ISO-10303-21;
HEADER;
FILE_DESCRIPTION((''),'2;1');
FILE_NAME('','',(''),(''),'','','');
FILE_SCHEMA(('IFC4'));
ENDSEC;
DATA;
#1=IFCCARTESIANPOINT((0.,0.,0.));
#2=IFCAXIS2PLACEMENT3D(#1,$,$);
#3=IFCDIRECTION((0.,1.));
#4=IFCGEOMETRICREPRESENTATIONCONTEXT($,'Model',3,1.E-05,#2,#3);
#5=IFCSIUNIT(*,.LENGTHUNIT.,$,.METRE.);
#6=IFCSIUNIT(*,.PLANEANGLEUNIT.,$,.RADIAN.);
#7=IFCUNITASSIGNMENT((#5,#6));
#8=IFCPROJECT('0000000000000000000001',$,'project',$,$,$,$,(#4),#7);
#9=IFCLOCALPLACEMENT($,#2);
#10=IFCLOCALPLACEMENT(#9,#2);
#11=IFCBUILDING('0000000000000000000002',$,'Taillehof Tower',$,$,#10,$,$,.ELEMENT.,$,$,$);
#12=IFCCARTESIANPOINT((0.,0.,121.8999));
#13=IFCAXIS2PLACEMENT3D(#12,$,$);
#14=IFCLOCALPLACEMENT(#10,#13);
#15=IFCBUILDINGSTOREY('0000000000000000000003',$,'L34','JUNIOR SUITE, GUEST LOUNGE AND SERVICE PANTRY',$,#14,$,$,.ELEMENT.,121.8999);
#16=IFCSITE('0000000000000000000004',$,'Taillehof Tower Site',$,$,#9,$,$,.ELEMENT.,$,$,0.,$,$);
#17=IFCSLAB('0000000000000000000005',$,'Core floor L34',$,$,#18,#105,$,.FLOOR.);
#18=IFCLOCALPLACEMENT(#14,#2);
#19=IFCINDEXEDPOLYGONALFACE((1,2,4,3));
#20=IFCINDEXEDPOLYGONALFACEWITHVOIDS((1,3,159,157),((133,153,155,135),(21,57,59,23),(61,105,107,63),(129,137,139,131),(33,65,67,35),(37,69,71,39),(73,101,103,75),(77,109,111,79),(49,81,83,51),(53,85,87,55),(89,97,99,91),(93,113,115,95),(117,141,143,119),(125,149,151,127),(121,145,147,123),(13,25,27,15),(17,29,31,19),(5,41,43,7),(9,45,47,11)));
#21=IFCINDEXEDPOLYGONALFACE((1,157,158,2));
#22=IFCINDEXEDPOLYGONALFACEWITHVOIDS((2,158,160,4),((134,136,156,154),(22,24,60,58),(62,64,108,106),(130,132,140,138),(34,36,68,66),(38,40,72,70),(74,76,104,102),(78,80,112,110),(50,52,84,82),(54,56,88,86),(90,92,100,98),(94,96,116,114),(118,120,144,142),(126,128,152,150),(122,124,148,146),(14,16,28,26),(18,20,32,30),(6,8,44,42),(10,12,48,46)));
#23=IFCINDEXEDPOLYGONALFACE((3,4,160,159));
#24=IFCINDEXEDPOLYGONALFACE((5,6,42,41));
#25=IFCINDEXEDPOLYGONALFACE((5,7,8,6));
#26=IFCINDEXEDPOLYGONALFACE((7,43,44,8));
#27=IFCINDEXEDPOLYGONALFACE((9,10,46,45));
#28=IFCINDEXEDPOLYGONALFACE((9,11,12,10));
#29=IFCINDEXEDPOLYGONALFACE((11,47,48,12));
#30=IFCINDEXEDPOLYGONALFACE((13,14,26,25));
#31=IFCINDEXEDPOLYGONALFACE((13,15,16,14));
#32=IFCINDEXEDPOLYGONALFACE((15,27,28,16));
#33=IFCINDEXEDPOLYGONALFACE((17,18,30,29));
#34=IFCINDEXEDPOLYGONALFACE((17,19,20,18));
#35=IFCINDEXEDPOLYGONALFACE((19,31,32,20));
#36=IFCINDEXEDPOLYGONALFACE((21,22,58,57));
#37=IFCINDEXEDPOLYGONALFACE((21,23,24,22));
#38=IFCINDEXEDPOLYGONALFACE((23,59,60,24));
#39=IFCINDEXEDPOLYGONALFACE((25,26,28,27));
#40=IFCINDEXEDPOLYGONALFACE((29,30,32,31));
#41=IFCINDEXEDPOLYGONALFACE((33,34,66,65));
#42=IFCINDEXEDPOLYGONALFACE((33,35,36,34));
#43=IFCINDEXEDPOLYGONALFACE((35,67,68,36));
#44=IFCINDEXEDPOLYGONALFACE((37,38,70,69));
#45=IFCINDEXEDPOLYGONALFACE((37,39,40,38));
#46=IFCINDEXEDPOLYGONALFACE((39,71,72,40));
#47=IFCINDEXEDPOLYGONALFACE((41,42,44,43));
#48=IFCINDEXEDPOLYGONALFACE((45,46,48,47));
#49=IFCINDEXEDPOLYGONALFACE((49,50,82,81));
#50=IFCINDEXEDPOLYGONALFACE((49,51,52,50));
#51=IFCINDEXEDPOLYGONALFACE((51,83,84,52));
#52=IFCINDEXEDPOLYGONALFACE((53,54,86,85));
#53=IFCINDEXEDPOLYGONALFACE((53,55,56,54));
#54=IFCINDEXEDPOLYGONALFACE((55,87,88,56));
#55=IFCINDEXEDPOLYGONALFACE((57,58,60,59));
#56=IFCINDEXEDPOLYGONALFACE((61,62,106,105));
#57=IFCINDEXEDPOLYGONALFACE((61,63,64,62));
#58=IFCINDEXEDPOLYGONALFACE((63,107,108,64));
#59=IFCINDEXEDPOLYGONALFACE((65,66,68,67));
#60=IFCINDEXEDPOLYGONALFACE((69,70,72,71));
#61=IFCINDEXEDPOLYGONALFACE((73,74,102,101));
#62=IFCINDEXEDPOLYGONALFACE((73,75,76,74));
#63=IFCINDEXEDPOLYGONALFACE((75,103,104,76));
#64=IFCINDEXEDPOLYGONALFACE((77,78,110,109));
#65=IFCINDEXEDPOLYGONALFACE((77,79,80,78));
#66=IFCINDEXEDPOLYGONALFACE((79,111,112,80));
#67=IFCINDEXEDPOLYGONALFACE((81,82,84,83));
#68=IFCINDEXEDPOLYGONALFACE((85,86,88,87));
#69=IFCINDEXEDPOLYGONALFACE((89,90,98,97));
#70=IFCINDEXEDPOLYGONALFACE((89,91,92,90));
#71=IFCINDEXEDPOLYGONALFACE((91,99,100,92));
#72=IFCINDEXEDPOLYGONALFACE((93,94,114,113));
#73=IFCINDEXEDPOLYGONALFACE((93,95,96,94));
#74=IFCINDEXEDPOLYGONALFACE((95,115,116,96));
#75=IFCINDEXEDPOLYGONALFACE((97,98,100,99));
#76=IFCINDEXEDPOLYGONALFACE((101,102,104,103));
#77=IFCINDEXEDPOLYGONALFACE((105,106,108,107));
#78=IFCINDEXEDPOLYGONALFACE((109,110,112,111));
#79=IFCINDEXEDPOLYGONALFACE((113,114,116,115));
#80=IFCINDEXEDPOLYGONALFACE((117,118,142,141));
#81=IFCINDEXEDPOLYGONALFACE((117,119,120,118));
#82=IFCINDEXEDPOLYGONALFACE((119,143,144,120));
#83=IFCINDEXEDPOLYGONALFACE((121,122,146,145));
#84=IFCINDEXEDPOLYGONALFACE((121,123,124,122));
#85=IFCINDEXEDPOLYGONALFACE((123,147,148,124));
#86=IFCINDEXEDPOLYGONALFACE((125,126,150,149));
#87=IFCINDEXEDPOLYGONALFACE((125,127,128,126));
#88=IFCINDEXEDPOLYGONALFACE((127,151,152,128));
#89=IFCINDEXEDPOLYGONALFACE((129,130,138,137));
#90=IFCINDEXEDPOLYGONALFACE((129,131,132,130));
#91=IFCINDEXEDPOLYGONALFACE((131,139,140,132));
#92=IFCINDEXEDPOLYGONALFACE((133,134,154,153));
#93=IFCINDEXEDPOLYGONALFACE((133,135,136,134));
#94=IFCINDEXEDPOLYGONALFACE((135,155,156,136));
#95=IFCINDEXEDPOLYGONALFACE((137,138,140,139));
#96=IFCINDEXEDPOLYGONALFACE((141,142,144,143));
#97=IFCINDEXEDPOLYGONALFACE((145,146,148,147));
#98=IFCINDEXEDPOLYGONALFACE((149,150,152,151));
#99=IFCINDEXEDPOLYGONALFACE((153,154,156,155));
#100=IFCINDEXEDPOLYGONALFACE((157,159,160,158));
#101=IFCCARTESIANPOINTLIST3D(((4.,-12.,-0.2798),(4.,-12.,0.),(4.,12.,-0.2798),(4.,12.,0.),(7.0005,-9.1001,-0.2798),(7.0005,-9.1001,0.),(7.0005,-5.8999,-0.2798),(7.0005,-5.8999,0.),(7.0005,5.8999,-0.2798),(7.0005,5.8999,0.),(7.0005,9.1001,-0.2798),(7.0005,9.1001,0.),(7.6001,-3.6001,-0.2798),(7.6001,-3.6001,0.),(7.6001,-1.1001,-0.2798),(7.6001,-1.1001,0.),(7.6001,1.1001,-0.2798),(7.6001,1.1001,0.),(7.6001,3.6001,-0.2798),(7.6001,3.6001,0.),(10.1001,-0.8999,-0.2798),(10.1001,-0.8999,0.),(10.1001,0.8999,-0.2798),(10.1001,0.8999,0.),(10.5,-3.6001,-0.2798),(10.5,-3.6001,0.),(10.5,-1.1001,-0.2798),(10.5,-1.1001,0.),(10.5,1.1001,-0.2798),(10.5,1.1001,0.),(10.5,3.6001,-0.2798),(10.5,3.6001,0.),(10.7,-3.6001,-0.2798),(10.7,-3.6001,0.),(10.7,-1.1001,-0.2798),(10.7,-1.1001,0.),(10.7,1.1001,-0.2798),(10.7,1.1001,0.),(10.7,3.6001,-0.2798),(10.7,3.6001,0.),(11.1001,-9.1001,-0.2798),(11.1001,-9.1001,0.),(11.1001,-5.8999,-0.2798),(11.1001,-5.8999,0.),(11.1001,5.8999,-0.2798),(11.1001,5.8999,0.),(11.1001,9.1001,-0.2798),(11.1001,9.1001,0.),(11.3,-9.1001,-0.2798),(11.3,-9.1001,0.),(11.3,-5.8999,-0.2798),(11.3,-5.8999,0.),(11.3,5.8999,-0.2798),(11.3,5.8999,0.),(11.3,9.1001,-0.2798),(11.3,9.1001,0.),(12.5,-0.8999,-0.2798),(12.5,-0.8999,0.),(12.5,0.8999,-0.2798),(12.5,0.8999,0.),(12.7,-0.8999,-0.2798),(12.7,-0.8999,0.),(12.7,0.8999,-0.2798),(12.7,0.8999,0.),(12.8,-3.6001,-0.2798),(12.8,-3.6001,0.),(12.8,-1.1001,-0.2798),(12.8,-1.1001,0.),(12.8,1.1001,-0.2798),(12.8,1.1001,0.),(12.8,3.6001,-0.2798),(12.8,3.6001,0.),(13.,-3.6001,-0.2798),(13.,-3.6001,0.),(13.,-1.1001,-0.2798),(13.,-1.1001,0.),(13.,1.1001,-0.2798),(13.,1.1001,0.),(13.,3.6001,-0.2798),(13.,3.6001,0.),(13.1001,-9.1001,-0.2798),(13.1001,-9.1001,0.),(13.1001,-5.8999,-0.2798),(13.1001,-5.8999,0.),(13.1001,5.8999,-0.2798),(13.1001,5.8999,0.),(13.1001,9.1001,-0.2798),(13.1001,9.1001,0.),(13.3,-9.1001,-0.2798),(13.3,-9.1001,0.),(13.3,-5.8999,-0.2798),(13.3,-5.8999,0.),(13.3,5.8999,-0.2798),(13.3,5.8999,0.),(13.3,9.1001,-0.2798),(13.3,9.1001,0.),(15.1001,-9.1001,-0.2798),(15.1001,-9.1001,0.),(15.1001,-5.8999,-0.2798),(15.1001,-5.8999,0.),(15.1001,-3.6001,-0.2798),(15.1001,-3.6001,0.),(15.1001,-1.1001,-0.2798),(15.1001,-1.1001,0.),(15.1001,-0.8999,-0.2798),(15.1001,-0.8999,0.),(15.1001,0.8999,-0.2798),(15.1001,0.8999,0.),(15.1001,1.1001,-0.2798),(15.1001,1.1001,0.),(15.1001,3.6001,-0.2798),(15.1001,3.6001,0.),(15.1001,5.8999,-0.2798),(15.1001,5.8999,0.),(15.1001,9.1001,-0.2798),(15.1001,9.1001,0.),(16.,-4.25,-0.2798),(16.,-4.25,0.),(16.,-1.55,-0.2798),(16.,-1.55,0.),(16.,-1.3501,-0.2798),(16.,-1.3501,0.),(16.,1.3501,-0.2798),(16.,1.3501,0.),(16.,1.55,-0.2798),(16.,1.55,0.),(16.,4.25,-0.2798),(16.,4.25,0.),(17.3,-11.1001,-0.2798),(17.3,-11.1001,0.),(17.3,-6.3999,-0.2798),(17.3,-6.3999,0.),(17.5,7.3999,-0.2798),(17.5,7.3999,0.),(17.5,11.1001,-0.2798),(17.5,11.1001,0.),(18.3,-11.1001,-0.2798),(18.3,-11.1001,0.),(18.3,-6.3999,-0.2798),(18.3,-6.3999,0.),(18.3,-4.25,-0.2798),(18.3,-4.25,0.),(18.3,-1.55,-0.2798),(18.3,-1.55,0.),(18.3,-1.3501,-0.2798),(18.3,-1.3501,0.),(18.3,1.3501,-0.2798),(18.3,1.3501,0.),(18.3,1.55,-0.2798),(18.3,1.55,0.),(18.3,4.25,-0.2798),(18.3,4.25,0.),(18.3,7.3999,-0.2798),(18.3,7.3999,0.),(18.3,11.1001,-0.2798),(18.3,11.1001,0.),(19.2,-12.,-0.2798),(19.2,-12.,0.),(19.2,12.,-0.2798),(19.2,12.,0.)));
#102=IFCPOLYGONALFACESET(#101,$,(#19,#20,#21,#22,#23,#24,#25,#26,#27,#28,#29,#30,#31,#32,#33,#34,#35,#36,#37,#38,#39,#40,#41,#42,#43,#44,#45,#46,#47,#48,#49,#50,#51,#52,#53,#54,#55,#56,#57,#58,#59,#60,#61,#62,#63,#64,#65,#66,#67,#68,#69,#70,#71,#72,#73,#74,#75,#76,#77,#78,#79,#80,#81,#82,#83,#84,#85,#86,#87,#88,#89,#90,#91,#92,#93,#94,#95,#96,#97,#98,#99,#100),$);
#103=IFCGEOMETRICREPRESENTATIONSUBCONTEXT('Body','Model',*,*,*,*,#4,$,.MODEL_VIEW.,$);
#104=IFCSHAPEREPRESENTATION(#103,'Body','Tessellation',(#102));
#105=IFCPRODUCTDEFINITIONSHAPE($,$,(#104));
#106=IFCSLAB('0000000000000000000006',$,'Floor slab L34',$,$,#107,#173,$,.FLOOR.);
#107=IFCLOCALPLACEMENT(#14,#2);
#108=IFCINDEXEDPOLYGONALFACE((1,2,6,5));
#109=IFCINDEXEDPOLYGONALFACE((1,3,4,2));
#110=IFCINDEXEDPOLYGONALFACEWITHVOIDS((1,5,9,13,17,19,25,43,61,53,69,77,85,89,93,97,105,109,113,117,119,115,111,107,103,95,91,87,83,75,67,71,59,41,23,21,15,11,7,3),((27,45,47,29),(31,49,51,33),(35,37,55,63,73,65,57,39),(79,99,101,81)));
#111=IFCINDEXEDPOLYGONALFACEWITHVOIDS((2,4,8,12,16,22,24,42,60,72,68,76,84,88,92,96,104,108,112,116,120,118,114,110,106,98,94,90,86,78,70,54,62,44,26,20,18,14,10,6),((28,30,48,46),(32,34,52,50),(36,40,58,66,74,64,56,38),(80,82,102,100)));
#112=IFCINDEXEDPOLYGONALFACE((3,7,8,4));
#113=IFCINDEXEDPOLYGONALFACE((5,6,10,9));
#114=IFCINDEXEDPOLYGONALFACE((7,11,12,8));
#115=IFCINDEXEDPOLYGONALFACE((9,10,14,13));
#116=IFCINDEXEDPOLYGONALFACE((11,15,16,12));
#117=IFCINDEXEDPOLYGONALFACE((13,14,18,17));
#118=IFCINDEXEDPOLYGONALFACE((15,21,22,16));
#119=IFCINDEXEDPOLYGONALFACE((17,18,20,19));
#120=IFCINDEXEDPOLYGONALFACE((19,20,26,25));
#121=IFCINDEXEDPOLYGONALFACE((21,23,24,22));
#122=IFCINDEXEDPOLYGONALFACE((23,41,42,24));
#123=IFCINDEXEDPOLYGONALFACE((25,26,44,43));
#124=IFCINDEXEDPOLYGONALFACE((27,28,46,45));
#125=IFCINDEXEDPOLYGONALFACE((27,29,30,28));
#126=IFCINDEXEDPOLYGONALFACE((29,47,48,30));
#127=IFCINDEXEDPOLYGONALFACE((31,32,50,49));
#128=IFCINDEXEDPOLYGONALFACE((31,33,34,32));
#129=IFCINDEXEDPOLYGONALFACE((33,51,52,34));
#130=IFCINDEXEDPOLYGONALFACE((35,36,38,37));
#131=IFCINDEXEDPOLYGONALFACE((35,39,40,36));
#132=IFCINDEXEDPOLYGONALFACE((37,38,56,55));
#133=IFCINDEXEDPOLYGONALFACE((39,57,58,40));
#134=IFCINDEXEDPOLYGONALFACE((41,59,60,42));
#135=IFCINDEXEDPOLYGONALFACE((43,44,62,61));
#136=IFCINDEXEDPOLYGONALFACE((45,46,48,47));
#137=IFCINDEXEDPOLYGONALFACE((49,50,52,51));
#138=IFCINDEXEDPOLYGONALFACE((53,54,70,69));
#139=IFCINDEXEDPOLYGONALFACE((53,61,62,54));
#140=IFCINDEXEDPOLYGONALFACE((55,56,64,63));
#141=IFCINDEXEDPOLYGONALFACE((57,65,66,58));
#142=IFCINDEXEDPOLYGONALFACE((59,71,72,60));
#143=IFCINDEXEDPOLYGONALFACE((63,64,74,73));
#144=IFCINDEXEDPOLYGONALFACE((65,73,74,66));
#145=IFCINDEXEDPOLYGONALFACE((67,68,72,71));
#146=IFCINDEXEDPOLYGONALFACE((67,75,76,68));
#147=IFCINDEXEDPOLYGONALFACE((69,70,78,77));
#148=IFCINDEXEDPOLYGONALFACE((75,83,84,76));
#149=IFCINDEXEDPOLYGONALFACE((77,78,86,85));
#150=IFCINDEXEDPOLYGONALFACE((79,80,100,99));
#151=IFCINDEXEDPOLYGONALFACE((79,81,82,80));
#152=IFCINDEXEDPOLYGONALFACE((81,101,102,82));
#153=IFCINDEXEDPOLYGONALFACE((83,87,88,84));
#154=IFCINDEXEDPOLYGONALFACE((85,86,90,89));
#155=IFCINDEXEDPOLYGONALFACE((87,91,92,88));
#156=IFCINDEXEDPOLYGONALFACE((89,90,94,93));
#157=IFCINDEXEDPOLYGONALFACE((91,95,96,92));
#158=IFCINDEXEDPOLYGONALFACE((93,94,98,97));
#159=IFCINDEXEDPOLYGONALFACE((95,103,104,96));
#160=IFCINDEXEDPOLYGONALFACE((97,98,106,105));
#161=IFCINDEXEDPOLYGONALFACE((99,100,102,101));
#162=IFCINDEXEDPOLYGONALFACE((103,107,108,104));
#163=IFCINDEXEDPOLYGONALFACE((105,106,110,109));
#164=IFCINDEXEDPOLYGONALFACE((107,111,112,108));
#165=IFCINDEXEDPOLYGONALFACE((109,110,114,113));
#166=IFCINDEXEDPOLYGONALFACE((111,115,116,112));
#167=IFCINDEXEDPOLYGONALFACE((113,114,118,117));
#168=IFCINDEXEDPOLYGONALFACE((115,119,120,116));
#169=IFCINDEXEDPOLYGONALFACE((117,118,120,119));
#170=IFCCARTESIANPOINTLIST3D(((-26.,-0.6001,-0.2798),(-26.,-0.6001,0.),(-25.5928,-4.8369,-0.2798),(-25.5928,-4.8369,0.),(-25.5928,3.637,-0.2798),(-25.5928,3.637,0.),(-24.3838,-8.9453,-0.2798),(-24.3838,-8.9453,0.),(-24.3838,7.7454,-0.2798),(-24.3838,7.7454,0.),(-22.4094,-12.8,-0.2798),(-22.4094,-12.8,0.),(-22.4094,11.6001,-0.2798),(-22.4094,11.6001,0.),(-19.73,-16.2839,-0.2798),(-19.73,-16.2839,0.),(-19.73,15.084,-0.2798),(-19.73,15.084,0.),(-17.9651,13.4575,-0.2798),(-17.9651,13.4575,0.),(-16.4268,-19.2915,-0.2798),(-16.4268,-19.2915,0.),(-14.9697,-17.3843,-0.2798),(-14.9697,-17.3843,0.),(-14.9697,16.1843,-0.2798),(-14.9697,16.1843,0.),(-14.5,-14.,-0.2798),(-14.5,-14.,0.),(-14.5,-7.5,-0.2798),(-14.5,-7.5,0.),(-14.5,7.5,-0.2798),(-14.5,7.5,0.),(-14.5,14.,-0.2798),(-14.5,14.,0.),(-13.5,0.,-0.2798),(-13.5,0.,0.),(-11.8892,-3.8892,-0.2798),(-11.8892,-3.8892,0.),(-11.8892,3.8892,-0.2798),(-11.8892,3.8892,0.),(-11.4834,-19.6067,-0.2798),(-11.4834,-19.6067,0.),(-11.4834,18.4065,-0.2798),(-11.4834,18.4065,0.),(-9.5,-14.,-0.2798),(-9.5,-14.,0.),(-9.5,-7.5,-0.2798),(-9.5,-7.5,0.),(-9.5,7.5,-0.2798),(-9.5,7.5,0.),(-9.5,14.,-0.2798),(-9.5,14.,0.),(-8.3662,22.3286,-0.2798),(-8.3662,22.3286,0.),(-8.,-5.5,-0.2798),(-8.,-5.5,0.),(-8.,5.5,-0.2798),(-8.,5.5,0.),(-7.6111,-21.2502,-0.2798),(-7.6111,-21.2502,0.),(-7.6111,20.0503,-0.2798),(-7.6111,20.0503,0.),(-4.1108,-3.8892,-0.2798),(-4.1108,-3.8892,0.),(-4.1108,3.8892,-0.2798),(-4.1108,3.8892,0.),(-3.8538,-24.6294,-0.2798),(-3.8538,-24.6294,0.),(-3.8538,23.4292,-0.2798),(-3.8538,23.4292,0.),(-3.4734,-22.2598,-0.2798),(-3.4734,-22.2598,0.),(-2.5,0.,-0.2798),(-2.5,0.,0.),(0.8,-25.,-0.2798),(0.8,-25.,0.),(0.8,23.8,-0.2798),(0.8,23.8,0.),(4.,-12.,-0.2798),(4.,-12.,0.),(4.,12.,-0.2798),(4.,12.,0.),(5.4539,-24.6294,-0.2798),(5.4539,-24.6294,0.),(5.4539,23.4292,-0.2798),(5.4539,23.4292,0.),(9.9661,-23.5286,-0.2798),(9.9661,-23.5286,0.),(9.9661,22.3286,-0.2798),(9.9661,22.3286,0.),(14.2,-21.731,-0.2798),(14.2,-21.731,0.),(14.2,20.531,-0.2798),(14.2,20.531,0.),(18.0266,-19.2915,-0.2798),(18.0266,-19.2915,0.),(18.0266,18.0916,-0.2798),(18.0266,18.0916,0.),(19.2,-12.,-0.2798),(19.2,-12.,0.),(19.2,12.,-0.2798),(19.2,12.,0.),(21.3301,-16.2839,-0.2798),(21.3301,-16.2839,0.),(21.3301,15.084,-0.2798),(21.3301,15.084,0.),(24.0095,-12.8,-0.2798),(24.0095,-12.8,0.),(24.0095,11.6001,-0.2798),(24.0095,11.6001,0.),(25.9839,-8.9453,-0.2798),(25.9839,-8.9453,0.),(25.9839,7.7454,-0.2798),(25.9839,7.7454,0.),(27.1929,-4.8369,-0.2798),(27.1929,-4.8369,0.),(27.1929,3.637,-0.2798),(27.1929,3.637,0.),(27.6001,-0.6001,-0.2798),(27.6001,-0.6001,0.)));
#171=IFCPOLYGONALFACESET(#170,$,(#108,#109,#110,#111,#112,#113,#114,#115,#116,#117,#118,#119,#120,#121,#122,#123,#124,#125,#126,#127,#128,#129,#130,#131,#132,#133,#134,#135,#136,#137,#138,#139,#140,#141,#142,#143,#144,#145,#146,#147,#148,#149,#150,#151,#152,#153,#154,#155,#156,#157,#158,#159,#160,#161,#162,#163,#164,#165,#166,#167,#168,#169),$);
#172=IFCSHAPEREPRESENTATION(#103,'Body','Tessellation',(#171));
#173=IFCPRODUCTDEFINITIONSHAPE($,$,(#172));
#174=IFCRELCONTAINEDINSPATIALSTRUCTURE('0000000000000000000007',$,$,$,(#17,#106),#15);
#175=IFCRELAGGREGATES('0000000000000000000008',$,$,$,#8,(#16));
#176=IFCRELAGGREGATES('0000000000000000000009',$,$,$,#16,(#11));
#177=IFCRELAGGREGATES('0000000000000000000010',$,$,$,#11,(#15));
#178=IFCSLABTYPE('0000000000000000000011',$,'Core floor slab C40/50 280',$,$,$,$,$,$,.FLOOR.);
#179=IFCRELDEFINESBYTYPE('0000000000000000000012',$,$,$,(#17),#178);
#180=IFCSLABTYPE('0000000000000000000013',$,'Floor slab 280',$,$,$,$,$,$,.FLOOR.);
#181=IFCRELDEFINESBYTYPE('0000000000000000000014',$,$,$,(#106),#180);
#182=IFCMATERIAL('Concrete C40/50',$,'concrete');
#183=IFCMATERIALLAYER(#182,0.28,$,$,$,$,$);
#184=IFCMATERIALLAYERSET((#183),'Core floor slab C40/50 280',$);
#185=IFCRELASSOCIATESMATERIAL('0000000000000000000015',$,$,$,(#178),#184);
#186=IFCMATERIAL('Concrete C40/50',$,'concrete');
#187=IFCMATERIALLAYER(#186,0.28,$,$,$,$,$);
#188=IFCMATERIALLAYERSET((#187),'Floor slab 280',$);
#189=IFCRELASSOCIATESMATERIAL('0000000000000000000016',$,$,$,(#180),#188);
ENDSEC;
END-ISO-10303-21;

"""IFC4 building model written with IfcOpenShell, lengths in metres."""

from ifc_helpers import new_model, si_unit, direction, frame, origin, place, context, subcontext, project, spatial, polyline, outline, extrude, material, layer, layer_set, type_object, element, save


model = new_model("IFC4")

# Units and contexts
model_context = context("Model", 3, precision=1e-05, world=origin(), true_north=direction((0.0, 1.0)))
body_context = subcontext(model_context, "Body", "Model", "MODEL_VIEW")
ifc_project = project(units=[si_unit("LENGTHUNIT", "METRE"), si_unit("PLANEANGLEUNIT", "RADIAN")], contexts=[model_context])

# Site, building, storey
site_placement = place(None, origin())
site = spatial("IfcSite", under=ifc_project, at=site_placement, Name="Taillehof Tower Site", CompositionType="ELEMENT", RefElevation=0.0)
building_placement = place(site_placement, origin())
building = spatial("IfcBuilding", under=site, at=building_placement, Name="Taillehof Tower", CompositionType="ELEMENT")
storey_placement = place(building_placement, frame((0.0, 0.0, 121.8999)))
storey = spatial("IfcBuildingStorey", under=building, at=storey_placement, Name="L34", Description="JUNIOR SUITE, GUEST LOUNGE AND SERVICE PANTRY", CompositionType="ELEMENT", Elevation=121.8999)

# Slabs
ifc_material_1 = material(Name="Concrete C40/50", Category="concrete")
ifc_layer_1 = layer(ifc_material_1, 0.28)
ifc_layer_set_1 = layer_set([ifc_layer_1], Name="Core floor slab C40/50 280")
slab_type_1 = type_object("IfcSlabType", Name="Core floor slab C40/50 280", PredefinedType="FLOOR", material=ifc_layer_set_1)
slab_1_placement = place(storey_placement, frame((0.0, 0.0, -0.2798)))
element("IfcSlab", 1, at=slab_1_placement, inside=storey, type_object=slab_type_1, Name="Core floor L34", PredefinedType="FLOOR", context=body_context, shape_type="SweptSolid", body=[
    extrude(outline(polyline([(4.0, -12.0), (4.0, 12.0), (19.2, 12.0), (19.2, -12.0), (4.0, -12.0)]), holes=[polyline([(7.0005, -9.1001), (11.1001, -9.1001), (11.1001, -5.8999), (7.0005, -5.8999), (7.0005, -9.1001)]), polyline([(13.1001, -9.1001), (13.1001, -5.8999), (11.3, -5.8999), (11.3, -9.1001), (13.1001, -9.1001)]), polyline([(10.5, -3.6001), (10.5, -1.1001), (7.6001, -1.1001), (7.6001, -3.6001), (10.5, -3.6001)]), polyline([(12.8, -3.6001), (12.8, -1.1001), (10.7, -1.1001), (10.7, -3.6001), (12.8, -3.6001)]), polyline([(12.5, -0.8999), (12.5, 0.8999), (10.1001, 0.8999), (10.1001, -0.8999), (12.5, -0.8999)]), polyline([(15.1001, -0.8999), (15.1001, 0.8999), (12.7, 0.8999), (12.7, -0.8999), (15.1001, -0.8999)]), polyline([(10.5, 1.1001), (10.5, 3.6001), (7.6001, 3.6001), (7.6001, 1.1001), (10.5, 1.1001)]), polyline([(10.7, 1.1001), (12.8, 1.1001), (12.8, 3.6001), (10.7, 3.6001), (10.7, 1.1001)]), polyline([(11.3, 5.8999), (13.1001, 5.8999), (13.1001, 9.1001), (11.3, 9.1001), (11.3, 5.8999)]), polyline([(11.1001, 5.8999), (11.1001, 9.1001), (7.0005, 9.1001), (7.0005, 5.8999), (11.1001, 5.8999)]), polyline([(18.3, -11.1001), (18.3, -6.3999), (17.3, -6.3999), (17.3, -11.1001), (18.3, -11.1001)]), polyline([(15.1001, -9.1001), (15.1001, -5.8999), (13.3, -5.8999), (13.3, -9.1001), (15.1001, -9.1001)]), polyline([(16.0, -4.25), (18.3, -4.25), (18.3, -1.55), (16.0, -1.55), (16.0, -4.25)]), polyline([(13.0, -3.6001), (15.1001, -3.6001), (15.1001, -1.1001), (13.0, -1.1001), (13.0, -3.6001)]), polyline([(18.3, -1.3501), (18.3, 1.3501), (16.0, 1.3501), (16.0, -1.3501), (18.3, -1.3501)]), polyline([(15.1001, 1.1001), (15.1001, 3.6001), (13.0, 3.6001), (13.0, 1.1001), (15.1001, 1.1001)]), polyline([(18.3, 1.55), (18.3, 4.25), (16.0, 4.25), (16.0, 1.55), (18.3, 1.55)]), polyline([(13.3, 5.8999), (15.1001, 5.8999), (15.1001, 9.1001), (13.3, 9.1001), (13.3, 5.8999)]), polyline([(17.5, 7.3999), (18.3, 7.3999), (18.3, 11.1001), (17.5, 11.1001), (17.5, 7.3999)])]), origin(), (0.0, 0.0, 1.0), 0.2798),
])
ifc_material_2 = material(Name="Concrete C40/50", Category="concrete")
ifc_layer_2 = layer(ifc_material_2, 0.28)
ifc_layer_set_2 = layer_set([ifc_layer_2], Name="Floor slab 280")
slab_type_2 = type_object("IfcSlabType", Name="Floor slab 280", PredefinedType="FLOOR", material=ifc_layer_set_2)
slab_2_placement = place(storey_placement, frame((0.0, 0.0, -0.2798)))
element("IfcSlab", 2, at=slab_2_placement, inside=storey, type_object=slab_type_2, Name="Floor slab L34", PredefinedType="FLOOR", context=body_context, shape_type="SweptSolid", body=[
    extrude(outline(polyline([(27.6001, -0.6001), (27.1929, 3.637), (25.9839, 7.7454), (24.0095, 11.6001), (21.3301, 15.084), (18.0266, 18.0916), (14.2, 20.531), (9.9661, 22.3286), (5.4539, 23.4292), (0.8, 23.8), (-3.8538, 23.4292), (-8.3662, 22.3286), (-7.6111, 20.0503), (-11.4834, 18.4065), (-14.9697, 16.1843), (-17.9651, 13.4575), (-19.73, 15.084), (-22.4094, 11.6001), (-24.3838, 7.7454), (-25.5928, 3.637), (-26.0, -0.6001), (-25.5928, -4.8369), (-24.3838, -8.9453), (-22.4094, -12.8), (-19.73, -16.2839), (-16.4268, -19.2915), (-14.9697, -17.3843), (-11.4834, -19.6067), (-7.6111, -21.2502), (-3.4734, -22.2598), (-3.8538, -24.6294), (0.8, -25.0), (5.4539, -24.6294), (9.9661, -23.5286), (14.2, -21.731), (18.0266, -19.2915), (21.3301, -16.2839), (24.0095, -12.8), (25.9839, -8.9453), (27.1929, -4.8369), (27.6001, -0.6001)]), holes=[polyline([(-14.5, -7.5), (-9.5, -7.5), (-9.5, -14.0), (-14.5, -14.0), (-14.5, -7.5)]), polyline([(-8.0, -5.5), (-11.8892, -3.8892), (-13.5, 0.0), (-11.8892, 3.8892), (-8.0, 5.5), (-4.1108, 3.8892), (-2.5, 0.0), (-4.1108, -3.8892), (-8.0, -5.5)]), polyline([(19.2, 12.0), (19.2, -12.0), (4.0, -12.0), (4.0, 12.0), (19.2, 12.0)]), polyline([(-14.5, 14.0), (-9.5, 14.0), (-9.5, 7.5), (-14.5, 7.5), (-14.5, 14.0)])]), origin(), (0.0, 0.0, 1.0), 0.2798),
])

save(model, "model.ifc")
